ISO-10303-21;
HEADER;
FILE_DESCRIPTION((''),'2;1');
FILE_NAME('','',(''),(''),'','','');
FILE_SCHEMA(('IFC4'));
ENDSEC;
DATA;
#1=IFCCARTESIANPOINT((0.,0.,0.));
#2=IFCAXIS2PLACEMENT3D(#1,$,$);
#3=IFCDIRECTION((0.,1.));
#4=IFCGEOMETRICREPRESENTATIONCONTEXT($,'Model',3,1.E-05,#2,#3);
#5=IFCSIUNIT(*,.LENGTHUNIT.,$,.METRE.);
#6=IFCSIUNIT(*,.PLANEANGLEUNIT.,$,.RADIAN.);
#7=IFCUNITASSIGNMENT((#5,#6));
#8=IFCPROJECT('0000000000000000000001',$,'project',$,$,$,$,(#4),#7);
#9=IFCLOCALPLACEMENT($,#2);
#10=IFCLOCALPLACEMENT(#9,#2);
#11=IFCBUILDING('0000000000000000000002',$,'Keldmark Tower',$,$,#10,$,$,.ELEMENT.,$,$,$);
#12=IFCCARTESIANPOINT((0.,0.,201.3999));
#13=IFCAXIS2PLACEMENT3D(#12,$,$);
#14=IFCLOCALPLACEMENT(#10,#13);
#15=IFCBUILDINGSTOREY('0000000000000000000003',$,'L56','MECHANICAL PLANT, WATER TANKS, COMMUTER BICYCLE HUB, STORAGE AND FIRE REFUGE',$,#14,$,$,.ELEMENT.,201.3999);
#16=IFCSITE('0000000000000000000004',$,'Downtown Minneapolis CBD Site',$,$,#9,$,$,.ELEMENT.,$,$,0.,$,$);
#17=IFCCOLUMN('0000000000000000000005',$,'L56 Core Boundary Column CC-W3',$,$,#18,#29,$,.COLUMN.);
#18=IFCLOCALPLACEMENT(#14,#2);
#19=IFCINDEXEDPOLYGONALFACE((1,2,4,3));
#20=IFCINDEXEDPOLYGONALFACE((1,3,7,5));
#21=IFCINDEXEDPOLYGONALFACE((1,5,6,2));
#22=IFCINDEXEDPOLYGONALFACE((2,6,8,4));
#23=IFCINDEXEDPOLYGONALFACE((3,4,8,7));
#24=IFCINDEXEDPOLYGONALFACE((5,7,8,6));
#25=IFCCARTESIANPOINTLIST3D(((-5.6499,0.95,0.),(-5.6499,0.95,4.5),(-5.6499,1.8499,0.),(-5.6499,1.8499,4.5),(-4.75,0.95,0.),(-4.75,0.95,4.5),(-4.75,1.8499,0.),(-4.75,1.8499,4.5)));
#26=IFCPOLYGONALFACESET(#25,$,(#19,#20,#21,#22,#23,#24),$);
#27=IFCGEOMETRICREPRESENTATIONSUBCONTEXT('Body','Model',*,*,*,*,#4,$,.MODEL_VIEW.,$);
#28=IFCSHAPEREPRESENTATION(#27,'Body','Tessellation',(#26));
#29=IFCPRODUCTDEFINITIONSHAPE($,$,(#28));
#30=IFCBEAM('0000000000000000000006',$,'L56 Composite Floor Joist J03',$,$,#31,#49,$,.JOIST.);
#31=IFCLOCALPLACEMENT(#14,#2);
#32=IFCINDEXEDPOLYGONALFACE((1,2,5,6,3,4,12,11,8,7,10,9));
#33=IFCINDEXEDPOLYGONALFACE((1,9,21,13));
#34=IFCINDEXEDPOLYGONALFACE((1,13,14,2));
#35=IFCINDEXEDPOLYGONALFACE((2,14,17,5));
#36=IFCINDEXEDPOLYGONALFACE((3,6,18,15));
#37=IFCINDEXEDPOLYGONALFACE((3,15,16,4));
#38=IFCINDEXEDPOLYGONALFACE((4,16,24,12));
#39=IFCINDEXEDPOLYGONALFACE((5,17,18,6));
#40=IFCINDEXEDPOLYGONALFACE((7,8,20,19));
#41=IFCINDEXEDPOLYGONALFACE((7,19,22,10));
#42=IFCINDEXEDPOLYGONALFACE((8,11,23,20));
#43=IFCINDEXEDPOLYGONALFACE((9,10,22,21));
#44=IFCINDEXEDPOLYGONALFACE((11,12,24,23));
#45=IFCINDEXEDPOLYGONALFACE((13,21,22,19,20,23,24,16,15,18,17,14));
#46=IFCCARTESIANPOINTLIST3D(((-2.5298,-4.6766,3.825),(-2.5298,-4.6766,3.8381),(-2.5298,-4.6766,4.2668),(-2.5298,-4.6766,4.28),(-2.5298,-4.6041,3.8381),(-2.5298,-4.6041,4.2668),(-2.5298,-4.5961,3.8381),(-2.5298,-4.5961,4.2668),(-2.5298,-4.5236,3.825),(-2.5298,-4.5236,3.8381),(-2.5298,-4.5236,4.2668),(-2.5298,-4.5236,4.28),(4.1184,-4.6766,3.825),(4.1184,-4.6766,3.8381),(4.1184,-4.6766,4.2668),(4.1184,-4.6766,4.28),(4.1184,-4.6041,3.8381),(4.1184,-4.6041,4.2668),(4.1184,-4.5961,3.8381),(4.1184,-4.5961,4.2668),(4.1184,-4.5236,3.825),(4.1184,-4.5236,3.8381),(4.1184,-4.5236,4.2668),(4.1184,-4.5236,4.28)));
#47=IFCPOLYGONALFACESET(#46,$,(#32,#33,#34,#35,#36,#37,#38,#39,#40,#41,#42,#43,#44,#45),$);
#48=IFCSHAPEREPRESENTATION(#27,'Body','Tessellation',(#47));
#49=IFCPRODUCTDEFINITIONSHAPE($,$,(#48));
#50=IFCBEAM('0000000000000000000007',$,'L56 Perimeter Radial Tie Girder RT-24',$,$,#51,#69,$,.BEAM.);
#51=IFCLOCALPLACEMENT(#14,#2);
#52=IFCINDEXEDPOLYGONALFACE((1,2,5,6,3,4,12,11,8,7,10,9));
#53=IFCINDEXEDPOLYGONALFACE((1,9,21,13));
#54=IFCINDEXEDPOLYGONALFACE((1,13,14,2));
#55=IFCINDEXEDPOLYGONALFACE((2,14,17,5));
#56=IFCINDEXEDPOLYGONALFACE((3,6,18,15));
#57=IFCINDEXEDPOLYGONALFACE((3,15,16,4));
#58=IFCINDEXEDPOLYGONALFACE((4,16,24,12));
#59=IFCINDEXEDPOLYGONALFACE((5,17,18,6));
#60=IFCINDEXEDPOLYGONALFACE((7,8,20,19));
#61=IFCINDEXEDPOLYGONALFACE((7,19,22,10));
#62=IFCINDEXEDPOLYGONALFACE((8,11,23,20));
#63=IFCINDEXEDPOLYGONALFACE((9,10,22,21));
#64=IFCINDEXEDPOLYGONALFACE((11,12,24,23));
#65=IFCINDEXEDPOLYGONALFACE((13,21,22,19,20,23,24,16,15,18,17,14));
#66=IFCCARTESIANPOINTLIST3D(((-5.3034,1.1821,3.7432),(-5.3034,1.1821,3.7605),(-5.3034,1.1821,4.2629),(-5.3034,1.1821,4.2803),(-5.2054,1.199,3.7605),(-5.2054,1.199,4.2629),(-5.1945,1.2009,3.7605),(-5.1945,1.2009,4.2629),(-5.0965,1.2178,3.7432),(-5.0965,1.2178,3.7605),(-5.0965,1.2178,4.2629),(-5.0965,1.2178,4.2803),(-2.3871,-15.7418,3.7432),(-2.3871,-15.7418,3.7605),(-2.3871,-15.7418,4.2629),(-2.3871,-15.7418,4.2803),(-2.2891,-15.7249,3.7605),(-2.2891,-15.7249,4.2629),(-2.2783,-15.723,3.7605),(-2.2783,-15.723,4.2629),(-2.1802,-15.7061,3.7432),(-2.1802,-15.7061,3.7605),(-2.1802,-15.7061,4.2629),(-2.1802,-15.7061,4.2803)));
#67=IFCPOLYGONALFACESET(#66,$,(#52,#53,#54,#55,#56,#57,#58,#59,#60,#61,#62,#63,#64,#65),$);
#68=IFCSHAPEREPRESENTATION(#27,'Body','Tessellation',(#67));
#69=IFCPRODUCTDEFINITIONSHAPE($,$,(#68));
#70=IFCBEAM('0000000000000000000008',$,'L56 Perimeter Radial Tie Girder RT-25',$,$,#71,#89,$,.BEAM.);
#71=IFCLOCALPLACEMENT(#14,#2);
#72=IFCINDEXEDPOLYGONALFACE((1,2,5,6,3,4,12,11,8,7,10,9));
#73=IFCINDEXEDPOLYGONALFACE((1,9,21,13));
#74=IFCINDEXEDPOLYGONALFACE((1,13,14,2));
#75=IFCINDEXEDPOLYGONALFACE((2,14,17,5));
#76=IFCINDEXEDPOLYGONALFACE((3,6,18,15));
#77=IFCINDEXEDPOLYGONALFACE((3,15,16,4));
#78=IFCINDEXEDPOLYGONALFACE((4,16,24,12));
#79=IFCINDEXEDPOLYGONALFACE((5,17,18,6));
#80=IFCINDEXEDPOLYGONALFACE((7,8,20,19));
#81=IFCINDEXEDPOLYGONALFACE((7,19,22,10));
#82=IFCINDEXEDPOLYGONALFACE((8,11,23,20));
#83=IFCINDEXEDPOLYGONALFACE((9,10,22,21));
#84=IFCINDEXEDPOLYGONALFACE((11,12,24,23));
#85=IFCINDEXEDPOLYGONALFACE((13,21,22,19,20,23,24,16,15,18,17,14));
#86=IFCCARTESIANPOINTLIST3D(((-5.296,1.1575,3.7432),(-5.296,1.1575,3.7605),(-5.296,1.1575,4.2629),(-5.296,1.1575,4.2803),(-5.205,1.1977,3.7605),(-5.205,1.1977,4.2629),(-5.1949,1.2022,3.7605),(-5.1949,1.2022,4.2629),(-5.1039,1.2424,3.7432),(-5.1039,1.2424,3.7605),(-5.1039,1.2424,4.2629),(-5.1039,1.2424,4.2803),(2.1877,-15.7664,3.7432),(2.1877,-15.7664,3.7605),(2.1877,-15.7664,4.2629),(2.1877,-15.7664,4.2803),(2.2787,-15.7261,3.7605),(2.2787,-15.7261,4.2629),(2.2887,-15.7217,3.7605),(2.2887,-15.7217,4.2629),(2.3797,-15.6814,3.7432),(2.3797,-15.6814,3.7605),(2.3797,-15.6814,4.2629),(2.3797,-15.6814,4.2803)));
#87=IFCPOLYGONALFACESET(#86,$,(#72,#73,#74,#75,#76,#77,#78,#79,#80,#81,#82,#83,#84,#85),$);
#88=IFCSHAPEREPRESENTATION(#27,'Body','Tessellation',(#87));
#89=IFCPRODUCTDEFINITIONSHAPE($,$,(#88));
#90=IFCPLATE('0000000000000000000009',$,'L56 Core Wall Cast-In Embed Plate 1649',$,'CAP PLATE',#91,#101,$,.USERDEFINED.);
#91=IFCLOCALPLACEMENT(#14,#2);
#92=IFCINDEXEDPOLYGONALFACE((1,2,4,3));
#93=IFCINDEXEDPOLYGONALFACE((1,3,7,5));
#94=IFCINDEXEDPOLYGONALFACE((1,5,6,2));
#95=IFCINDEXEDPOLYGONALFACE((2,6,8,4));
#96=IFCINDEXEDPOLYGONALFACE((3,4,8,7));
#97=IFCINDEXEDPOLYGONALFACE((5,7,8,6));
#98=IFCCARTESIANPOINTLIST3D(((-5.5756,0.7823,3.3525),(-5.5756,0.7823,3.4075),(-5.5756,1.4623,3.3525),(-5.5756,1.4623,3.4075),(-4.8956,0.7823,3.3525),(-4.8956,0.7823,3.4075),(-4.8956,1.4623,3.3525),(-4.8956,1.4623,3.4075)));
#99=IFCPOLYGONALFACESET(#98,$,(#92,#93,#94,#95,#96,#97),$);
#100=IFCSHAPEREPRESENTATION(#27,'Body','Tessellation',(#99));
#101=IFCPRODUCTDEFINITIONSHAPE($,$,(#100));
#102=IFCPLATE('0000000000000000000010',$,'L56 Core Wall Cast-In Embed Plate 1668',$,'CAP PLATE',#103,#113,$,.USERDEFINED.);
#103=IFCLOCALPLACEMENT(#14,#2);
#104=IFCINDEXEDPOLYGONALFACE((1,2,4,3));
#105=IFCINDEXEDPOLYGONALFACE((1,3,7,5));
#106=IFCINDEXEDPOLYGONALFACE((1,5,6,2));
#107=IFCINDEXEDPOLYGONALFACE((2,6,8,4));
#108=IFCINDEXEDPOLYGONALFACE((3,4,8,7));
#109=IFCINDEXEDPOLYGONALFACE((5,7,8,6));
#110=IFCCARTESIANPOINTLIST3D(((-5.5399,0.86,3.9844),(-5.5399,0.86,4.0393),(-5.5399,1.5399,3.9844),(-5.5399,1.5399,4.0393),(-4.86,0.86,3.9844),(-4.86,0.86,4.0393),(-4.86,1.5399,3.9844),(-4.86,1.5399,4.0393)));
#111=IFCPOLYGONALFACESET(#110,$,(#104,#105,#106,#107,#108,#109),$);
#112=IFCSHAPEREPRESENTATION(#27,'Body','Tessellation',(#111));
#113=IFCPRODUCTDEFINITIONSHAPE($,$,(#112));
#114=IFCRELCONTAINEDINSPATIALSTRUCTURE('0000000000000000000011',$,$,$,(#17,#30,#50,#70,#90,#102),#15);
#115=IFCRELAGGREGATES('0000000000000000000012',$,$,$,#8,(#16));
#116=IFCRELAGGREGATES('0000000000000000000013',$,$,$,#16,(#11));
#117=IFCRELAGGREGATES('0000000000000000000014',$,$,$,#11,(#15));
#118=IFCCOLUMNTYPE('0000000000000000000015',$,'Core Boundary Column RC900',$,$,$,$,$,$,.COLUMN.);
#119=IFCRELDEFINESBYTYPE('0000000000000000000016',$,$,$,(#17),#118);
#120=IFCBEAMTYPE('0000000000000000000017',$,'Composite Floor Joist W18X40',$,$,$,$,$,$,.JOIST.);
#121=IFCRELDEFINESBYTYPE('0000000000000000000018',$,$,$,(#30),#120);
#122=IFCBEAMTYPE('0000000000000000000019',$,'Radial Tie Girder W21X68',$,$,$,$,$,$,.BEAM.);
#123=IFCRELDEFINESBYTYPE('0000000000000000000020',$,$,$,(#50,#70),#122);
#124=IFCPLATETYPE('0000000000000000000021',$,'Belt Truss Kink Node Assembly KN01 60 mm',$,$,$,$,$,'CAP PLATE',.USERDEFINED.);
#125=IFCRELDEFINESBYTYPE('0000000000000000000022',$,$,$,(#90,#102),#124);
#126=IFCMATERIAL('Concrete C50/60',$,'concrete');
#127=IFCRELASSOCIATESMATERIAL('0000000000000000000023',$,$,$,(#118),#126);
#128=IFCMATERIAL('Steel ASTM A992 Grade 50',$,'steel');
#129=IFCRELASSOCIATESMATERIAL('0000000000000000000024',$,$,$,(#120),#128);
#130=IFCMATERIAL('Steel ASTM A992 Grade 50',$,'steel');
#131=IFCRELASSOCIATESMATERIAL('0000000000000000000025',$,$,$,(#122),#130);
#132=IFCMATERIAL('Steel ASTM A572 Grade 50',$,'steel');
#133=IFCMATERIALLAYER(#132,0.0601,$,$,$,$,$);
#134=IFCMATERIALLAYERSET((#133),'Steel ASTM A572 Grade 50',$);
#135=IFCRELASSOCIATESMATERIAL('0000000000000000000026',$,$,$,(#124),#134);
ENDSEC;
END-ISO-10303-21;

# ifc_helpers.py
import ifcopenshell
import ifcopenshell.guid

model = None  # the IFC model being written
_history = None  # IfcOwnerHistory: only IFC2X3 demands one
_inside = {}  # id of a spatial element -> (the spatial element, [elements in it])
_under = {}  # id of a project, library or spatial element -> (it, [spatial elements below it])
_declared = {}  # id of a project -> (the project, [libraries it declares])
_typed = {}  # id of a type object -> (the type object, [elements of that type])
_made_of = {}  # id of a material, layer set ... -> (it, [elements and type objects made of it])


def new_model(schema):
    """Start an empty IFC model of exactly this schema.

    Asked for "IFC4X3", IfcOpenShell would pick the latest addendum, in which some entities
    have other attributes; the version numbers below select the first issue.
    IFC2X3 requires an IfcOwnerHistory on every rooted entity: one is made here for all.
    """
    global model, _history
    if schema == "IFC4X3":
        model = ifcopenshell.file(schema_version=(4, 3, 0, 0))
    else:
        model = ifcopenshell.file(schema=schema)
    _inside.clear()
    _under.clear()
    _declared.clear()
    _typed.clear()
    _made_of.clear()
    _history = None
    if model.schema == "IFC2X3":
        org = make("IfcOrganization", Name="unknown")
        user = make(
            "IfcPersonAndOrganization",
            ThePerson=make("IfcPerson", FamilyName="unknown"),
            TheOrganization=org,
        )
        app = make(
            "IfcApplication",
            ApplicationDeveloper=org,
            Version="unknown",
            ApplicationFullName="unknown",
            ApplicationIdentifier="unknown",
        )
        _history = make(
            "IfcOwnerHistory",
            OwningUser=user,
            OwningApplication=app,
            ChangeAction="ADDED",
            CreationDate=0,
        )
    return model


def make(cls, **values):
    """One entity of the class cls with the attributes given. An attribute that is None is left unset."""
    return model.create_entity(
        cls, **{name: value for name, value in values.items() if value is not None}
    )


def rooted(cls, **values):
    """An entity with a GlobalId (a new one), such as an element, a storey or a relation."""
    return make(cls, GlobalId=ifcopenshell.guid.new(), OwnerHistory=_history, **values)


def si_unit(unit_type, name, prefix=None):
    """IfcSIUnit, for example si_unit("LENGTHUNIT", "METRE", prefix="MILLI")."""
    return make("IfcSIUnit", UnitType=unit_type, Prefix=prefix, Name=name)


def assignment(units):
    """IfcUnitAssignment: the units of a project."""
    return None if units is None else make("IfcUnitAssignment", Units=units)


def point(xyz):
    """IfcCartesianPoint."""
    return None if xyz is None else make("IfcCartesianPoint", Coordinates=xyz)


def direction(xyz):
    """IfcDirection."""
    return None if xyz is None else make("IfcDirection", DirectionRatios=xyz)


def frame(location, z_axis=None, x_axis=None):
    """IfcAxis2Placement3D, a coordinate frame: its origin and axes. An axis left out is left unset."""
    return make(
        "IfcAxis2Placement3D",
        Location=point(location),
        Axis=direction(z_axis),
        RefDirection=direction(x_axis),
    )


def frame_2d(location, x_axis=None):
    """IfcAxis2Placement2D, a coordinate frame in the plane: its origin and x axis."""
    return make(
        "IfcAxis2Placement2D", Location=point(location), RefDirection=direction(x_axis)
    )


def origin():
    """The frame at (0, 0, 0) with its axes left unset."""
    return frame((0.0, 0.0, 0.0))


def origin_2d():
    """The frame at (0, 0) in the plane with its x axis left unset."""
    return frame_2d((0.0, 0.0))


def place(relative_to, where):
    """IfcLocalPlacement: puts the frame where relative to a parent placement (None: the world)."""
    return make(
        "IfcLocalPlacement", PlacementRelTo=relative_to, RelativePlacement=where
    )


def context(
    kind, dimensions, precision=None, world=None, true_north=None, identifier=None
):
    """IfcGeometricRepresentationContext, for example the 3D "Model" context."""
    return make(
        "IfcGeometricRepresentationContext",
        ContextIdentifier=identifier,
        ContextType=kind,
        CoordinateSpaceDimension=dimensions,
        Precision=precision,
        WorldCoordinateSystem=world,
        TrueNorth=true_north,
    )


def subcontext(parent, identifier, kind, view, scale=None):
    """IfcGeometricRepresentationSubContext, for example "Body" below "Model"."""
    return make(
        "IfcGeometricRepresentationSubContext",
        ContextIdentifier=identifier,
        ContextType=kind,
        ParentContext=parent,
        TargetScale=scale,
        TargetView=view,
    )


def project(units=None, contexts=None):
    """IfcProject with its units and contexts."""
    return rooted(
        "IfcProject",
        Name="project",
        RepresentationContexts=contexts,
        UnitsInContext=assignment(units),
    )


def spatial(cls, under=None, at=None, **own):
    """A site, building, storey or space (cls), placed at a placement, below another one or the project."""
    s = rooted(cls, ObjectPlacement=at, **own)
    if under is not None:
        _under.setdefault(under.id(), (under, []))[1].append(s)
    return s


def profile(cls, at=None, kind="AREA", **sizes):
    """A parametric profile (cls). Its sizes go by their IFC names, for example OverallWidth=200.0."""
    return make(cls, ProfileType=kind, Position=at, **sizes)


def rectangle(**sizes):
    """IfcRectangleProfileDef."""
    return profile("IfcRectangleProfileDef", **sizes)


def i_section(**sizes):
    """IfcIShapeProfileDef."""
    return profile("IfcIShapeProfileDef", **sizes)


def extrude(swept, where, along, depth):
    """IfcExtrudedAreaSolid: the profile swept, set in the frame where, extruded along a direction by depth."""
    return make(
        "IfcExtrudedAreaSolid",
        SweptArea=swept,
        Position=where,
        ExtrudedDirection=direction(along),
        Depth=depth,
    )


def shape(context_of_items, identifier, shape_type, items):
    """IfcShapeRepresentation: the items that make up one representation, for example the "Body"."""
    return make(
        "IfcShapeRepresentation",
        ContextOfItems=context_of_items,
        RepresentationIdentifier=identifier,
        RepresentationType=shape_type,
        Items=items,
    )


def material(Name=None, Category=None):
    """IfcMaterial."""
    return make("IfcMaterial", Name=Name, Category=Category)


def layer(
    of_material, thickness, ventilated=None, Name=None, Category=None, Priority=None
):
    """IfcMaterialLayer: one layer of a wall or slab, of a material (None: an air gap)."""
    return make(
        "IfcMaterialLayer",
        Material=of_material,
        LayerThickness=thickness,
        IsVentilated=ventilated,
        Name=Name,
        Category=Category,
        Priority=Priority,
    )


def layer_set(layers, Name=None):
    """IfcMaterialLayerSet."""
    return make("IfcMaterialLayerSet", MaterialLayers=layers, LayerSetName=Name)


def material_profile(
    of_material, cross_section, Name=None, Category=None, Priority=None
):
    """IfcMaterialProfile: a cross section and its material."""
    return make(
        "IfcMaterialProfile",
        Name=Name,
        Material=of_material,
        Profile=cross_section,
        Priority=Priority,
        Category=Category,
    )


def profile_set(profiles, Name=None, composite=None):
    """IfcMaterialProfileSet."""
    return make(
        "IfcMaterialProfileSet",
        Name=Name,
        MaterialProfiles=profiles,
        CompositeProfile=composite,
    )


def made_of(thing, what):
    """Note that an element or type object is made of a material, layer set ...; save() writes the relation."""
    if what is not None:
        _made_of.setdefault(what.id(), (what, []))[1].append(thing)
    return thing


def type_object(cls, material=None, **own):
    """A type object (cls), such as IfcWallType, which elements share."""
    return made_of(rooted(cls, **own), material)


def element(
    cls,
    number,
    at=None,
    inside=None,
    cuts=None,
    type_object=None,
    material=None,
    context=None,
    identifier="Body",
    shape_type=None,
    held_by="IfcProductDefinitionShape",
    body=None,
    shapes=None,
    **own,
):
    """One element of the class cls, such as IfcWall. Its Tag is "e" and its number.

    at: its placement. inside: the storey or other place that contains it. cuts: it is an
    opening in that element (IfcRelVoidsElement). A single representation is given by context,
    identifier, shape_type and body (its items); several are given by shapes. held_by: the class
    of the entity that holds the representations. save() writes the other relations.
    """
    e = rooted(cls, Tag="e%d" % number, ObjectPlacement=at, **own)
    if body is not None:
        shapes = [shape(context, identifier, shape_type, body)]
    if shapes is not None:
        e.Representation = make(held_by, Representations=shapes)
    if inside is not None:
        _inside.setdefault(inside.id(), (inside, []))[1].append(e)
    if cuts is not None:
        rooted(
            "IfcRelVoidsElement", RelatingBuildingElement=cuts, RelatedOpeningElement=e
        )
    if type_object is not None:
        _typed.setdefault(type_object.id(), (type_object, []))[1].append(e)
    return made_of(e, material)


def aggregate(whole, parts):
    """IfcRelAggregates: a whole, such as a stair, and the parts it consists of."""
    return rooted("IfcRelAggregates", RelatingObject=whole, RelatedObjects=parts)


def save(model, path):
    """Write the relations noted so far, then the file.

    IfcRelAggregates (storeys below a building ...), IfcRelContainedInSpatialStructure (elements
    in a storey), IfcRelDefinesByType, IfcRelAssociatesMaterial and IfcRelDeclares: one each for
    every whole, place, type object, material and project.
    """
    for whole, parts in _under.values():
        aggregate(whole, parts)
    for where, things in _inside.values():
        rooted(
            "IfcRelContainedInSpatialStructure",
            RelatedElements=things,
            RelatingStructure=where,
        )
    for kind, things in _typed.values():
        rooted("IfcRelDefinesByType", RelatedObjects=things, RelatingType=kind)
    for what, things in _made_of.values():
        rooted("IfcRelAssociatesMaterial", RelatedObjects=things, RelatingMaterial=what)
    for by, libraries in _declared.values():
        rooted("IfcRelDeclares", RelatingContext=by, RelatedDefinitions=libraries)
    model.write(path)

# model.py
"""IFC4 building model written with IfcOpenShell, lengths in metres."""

from ifc_helpers import new_model, si_unit, direction, frame, origin, origin_2d, place, context, subcontext, project, spatial, rectangle, i_section, extrude, material, layer, layer_set, material_profile, profile_set, type_object, element, save


model = new_model("IFC4")

# Units and contexts
model_context = context("Model", 3, precision=1e-05, world=origin(), true_north=direction((0.0, 1.0)))
body_context = subcontext(model_context, "Body", "Model", "MODEL_VIEW")
ifc_project = project(units=[si_unit("LENGTHUNIT", "METRE"), si_unit("PLANEANGLEUNIT", "RADIAN")], contexts=[model_context])

# Site, building, storey
site_placement = place(None, origin())
site = spatial("IfcSite", under=ifc_project, at=site_placement, Name="Downtown Minneapolis CBD Site", CompositionType="ELEMENT", RefElevation=0.0)
building_placement = place(site_placement, origin())
building = spatial("IfcBuilding", under=site, at=building_placement, Name="Keldmark Tower", CompositionType="ELEMENT")
storey_placement = place(building_placement, frame((0.0, 0.0, 201.3999)))
storey = spatial("IfcBuildingStorey", under=building, at=storey_placement, Name="L56", Description="MECHANICAL PLANT, WATER TANKS, COMMUTER BICYCLE HUB, STORAGE AND FIRE REFUGE", CompositionType="ELEMENT", Elevation=201.3999)

# Column
ifc_material_1 = material(Name="Concrete C50/60", Category="concrete")
ifc_material_profile_1 = material_profile(ifc_material_1, rectangle(XDim=0.8999, YDim=0.8999, at=origin_2d()), Name="RC900X900")
ifc_profile_set_1 = profile_set([ifc_material_profile_1], Name="Concrete C50/60")
column_type = type_object("IfcColumnType", Name="Core Boundary Column RC900", PredefinedType="COLUMN", material=ifc_profile_set_1)
column_placement = place(storey_placement, frame((-5.2, 1.3999, 0.0), z_axis=(0.0, 0.0, 1.0), x_axis=(1.0, 0.0, 0.0)))
element("IfcColumn", 1, at=column_placement, inside=storey, type_object=column_type, Name="L56 Core Boundary Column CC-W3", PredefinedType="COLUMN", context=body_context, shape_type="SweptSolid", body=[
    extrude(rectangle(XDim=0.8999, YDim=0.8999, at=origin_2d()), origin(), (0.0, 0.0, 1.0), 4.5),
])

# Beams
ifc_material_2 = material(Name="Steel ASTM A992 Grade 50", Category="steel")
ifc_material_profile_2 = material_profile(ifc_material_2, i_section(OverallWidth=0.1531, OverallDepth=0.4551, WebThickness=0.0081, FlangeThickness=0.0132, at=origin_2d()), Name="W18X40")
ifc_profile_set_2 = profile_set([ifc_material_profile_2], Name="Steel ASTM A992 Grade 50")
beam_type_1 = type_object("IfcBeamType", Name="Composite Floor Joist W18X40", PredefinedType="JOIST", material=ifc_profile_set_2)
beam_1_placement = place(storey_placement, frame((-2.5298, -4.6001, 4.0525), z_axis=(1.0, 0.0, 0.0), x_axis=(0.0, 1.0, 0.0)))
element("IfcBeam", 2, at=beam_1_placement, inside=storey, type_object=beam_type_1, Name="L56 Composite Floor Joist J03", PredefinedType="JOIST", context=body_context, shape_type="SweptSolid", body=[
    extrude(i_section(OverallWidth=0.1531, OverallDepth=0.4551, WebThickness=0.0081, FlangeThickness=0.0132, at=origin_2d()), origin(), (0.0, 0.0, 1.0), 6.6482),
])
ifc_material_3 = material(Name="Steel ASTM A992 Grade 50", Category="steel")
ifc_material_profile_3 = material_profile(ifc_material_3, i_section(OverallWidth=0.21, OverallDepth=0.5371, WebThickness=0.011, FlangeThickness=0.0173, at=origin_2d()), Name="W21X68")
ifc_profile_set_3 = profile_set([ifc_material_profile_3], Name="Steel ASTM A992 Grade 50")
beam_type_2 = type_object("IfcBeamType", Name="Radial Tie Girder W21X68", PredefinedType="BEAM", material=ifc_profile_set_3)
beam_2_placement = place(storey_placement, frame((-5.2, 1.2, 4.0117), z_axis=(0.169814, -0.985476, 0.0), x_axis=(0.985476, 0.169814, 0.0)))
element("IfcBeam", 3, at=beam_2_placement, inside=storey, type_object=beam_type_2, Name="L56 Perimeter Radial Tie Girder RT-24", PredefinedType="BEAM", context=body_context, shape_type="SweptSolid", body=[
    extrude(i_section(OverallWidth=0.21, OverallDepth=0.5371, WebThickness=0.011, FlangeThickness=0.0173, at=origin_2d()), origin(), (0.0, 0.0, 1.0), 17.1733),
])
beam_3_placement = place(storey_placement, frame((-5.2, 1.2, 4.0117), z_axis=(0.40442, -0.914573, 0.0), x_axis=(0.914573, 0.40442, 0.0)))
element("IfcBeam", 4, at=beam_3_placement, inside=storey, type_object=beam_type_2, Name="L56 Perimeter Radial Tie Girder RT-25", PredefinedType="BEAM", context=body_context, shape_type="SweptSolid", body=[
    extrude(i_section(OverallWidth=0.21, OverallDepth=0.5371, WebThickness=0.011, FlangeThickness=0.0173, at=origin_2d()), origin(), (0.0, 0.0, 1.0), 18.5046),
])

# Plates
ifc_material_4 = material(Name="Steel ASTM A572 Grade 50", Category="steel")
ifc_layer_1 = layer(ifc_material_4, 0.0601)
ifc_layer_set_1 = layer_set([ifc_layer_1], Name="Steel ASTM A572 Grade 50")
plate_type = type_object("IfcPlateType", Name="Belt Truss Kink Node Assembly KN01 60 mm", ElementType="CAP PLATE", PredefinedType="USERDEFINED", material=ifc_layer_set_1)
for number, where, z_axis, x_axis, name in (
    (5, (-5.2356, 1.1223, 3.3525), (0.0, 0.0, 1.0), (1.0, 0.0, 0.0), "L56 Core Wall Cast-In Embed Plate 1649"),
    (6, (-5.2, 1.2, 3.9844), (0.0, 0.0, 1.0), (1.0, 0.0, 0.0), "L56 Core Wall Cast-In Embed Plate 1668"),
):
    element("IfcPlate", number, at=place(storey_placement, frame(where, z_axis=z_axis, x_axis=x_axis)), inside=storey, type_object=plate_type, Name=name, ObjectType="CAP PLATE", PredefinedType="USERDEFINED", context=body_context, shape_type="SweptSolid", body=[
        extrude(rectangle(XDim=0.6799, YDim=0.6799, at=origin_2d()), origin(), (0.0, 0.0, 1.0), 0.0549),
    ])

save(model, "model.ifc")
